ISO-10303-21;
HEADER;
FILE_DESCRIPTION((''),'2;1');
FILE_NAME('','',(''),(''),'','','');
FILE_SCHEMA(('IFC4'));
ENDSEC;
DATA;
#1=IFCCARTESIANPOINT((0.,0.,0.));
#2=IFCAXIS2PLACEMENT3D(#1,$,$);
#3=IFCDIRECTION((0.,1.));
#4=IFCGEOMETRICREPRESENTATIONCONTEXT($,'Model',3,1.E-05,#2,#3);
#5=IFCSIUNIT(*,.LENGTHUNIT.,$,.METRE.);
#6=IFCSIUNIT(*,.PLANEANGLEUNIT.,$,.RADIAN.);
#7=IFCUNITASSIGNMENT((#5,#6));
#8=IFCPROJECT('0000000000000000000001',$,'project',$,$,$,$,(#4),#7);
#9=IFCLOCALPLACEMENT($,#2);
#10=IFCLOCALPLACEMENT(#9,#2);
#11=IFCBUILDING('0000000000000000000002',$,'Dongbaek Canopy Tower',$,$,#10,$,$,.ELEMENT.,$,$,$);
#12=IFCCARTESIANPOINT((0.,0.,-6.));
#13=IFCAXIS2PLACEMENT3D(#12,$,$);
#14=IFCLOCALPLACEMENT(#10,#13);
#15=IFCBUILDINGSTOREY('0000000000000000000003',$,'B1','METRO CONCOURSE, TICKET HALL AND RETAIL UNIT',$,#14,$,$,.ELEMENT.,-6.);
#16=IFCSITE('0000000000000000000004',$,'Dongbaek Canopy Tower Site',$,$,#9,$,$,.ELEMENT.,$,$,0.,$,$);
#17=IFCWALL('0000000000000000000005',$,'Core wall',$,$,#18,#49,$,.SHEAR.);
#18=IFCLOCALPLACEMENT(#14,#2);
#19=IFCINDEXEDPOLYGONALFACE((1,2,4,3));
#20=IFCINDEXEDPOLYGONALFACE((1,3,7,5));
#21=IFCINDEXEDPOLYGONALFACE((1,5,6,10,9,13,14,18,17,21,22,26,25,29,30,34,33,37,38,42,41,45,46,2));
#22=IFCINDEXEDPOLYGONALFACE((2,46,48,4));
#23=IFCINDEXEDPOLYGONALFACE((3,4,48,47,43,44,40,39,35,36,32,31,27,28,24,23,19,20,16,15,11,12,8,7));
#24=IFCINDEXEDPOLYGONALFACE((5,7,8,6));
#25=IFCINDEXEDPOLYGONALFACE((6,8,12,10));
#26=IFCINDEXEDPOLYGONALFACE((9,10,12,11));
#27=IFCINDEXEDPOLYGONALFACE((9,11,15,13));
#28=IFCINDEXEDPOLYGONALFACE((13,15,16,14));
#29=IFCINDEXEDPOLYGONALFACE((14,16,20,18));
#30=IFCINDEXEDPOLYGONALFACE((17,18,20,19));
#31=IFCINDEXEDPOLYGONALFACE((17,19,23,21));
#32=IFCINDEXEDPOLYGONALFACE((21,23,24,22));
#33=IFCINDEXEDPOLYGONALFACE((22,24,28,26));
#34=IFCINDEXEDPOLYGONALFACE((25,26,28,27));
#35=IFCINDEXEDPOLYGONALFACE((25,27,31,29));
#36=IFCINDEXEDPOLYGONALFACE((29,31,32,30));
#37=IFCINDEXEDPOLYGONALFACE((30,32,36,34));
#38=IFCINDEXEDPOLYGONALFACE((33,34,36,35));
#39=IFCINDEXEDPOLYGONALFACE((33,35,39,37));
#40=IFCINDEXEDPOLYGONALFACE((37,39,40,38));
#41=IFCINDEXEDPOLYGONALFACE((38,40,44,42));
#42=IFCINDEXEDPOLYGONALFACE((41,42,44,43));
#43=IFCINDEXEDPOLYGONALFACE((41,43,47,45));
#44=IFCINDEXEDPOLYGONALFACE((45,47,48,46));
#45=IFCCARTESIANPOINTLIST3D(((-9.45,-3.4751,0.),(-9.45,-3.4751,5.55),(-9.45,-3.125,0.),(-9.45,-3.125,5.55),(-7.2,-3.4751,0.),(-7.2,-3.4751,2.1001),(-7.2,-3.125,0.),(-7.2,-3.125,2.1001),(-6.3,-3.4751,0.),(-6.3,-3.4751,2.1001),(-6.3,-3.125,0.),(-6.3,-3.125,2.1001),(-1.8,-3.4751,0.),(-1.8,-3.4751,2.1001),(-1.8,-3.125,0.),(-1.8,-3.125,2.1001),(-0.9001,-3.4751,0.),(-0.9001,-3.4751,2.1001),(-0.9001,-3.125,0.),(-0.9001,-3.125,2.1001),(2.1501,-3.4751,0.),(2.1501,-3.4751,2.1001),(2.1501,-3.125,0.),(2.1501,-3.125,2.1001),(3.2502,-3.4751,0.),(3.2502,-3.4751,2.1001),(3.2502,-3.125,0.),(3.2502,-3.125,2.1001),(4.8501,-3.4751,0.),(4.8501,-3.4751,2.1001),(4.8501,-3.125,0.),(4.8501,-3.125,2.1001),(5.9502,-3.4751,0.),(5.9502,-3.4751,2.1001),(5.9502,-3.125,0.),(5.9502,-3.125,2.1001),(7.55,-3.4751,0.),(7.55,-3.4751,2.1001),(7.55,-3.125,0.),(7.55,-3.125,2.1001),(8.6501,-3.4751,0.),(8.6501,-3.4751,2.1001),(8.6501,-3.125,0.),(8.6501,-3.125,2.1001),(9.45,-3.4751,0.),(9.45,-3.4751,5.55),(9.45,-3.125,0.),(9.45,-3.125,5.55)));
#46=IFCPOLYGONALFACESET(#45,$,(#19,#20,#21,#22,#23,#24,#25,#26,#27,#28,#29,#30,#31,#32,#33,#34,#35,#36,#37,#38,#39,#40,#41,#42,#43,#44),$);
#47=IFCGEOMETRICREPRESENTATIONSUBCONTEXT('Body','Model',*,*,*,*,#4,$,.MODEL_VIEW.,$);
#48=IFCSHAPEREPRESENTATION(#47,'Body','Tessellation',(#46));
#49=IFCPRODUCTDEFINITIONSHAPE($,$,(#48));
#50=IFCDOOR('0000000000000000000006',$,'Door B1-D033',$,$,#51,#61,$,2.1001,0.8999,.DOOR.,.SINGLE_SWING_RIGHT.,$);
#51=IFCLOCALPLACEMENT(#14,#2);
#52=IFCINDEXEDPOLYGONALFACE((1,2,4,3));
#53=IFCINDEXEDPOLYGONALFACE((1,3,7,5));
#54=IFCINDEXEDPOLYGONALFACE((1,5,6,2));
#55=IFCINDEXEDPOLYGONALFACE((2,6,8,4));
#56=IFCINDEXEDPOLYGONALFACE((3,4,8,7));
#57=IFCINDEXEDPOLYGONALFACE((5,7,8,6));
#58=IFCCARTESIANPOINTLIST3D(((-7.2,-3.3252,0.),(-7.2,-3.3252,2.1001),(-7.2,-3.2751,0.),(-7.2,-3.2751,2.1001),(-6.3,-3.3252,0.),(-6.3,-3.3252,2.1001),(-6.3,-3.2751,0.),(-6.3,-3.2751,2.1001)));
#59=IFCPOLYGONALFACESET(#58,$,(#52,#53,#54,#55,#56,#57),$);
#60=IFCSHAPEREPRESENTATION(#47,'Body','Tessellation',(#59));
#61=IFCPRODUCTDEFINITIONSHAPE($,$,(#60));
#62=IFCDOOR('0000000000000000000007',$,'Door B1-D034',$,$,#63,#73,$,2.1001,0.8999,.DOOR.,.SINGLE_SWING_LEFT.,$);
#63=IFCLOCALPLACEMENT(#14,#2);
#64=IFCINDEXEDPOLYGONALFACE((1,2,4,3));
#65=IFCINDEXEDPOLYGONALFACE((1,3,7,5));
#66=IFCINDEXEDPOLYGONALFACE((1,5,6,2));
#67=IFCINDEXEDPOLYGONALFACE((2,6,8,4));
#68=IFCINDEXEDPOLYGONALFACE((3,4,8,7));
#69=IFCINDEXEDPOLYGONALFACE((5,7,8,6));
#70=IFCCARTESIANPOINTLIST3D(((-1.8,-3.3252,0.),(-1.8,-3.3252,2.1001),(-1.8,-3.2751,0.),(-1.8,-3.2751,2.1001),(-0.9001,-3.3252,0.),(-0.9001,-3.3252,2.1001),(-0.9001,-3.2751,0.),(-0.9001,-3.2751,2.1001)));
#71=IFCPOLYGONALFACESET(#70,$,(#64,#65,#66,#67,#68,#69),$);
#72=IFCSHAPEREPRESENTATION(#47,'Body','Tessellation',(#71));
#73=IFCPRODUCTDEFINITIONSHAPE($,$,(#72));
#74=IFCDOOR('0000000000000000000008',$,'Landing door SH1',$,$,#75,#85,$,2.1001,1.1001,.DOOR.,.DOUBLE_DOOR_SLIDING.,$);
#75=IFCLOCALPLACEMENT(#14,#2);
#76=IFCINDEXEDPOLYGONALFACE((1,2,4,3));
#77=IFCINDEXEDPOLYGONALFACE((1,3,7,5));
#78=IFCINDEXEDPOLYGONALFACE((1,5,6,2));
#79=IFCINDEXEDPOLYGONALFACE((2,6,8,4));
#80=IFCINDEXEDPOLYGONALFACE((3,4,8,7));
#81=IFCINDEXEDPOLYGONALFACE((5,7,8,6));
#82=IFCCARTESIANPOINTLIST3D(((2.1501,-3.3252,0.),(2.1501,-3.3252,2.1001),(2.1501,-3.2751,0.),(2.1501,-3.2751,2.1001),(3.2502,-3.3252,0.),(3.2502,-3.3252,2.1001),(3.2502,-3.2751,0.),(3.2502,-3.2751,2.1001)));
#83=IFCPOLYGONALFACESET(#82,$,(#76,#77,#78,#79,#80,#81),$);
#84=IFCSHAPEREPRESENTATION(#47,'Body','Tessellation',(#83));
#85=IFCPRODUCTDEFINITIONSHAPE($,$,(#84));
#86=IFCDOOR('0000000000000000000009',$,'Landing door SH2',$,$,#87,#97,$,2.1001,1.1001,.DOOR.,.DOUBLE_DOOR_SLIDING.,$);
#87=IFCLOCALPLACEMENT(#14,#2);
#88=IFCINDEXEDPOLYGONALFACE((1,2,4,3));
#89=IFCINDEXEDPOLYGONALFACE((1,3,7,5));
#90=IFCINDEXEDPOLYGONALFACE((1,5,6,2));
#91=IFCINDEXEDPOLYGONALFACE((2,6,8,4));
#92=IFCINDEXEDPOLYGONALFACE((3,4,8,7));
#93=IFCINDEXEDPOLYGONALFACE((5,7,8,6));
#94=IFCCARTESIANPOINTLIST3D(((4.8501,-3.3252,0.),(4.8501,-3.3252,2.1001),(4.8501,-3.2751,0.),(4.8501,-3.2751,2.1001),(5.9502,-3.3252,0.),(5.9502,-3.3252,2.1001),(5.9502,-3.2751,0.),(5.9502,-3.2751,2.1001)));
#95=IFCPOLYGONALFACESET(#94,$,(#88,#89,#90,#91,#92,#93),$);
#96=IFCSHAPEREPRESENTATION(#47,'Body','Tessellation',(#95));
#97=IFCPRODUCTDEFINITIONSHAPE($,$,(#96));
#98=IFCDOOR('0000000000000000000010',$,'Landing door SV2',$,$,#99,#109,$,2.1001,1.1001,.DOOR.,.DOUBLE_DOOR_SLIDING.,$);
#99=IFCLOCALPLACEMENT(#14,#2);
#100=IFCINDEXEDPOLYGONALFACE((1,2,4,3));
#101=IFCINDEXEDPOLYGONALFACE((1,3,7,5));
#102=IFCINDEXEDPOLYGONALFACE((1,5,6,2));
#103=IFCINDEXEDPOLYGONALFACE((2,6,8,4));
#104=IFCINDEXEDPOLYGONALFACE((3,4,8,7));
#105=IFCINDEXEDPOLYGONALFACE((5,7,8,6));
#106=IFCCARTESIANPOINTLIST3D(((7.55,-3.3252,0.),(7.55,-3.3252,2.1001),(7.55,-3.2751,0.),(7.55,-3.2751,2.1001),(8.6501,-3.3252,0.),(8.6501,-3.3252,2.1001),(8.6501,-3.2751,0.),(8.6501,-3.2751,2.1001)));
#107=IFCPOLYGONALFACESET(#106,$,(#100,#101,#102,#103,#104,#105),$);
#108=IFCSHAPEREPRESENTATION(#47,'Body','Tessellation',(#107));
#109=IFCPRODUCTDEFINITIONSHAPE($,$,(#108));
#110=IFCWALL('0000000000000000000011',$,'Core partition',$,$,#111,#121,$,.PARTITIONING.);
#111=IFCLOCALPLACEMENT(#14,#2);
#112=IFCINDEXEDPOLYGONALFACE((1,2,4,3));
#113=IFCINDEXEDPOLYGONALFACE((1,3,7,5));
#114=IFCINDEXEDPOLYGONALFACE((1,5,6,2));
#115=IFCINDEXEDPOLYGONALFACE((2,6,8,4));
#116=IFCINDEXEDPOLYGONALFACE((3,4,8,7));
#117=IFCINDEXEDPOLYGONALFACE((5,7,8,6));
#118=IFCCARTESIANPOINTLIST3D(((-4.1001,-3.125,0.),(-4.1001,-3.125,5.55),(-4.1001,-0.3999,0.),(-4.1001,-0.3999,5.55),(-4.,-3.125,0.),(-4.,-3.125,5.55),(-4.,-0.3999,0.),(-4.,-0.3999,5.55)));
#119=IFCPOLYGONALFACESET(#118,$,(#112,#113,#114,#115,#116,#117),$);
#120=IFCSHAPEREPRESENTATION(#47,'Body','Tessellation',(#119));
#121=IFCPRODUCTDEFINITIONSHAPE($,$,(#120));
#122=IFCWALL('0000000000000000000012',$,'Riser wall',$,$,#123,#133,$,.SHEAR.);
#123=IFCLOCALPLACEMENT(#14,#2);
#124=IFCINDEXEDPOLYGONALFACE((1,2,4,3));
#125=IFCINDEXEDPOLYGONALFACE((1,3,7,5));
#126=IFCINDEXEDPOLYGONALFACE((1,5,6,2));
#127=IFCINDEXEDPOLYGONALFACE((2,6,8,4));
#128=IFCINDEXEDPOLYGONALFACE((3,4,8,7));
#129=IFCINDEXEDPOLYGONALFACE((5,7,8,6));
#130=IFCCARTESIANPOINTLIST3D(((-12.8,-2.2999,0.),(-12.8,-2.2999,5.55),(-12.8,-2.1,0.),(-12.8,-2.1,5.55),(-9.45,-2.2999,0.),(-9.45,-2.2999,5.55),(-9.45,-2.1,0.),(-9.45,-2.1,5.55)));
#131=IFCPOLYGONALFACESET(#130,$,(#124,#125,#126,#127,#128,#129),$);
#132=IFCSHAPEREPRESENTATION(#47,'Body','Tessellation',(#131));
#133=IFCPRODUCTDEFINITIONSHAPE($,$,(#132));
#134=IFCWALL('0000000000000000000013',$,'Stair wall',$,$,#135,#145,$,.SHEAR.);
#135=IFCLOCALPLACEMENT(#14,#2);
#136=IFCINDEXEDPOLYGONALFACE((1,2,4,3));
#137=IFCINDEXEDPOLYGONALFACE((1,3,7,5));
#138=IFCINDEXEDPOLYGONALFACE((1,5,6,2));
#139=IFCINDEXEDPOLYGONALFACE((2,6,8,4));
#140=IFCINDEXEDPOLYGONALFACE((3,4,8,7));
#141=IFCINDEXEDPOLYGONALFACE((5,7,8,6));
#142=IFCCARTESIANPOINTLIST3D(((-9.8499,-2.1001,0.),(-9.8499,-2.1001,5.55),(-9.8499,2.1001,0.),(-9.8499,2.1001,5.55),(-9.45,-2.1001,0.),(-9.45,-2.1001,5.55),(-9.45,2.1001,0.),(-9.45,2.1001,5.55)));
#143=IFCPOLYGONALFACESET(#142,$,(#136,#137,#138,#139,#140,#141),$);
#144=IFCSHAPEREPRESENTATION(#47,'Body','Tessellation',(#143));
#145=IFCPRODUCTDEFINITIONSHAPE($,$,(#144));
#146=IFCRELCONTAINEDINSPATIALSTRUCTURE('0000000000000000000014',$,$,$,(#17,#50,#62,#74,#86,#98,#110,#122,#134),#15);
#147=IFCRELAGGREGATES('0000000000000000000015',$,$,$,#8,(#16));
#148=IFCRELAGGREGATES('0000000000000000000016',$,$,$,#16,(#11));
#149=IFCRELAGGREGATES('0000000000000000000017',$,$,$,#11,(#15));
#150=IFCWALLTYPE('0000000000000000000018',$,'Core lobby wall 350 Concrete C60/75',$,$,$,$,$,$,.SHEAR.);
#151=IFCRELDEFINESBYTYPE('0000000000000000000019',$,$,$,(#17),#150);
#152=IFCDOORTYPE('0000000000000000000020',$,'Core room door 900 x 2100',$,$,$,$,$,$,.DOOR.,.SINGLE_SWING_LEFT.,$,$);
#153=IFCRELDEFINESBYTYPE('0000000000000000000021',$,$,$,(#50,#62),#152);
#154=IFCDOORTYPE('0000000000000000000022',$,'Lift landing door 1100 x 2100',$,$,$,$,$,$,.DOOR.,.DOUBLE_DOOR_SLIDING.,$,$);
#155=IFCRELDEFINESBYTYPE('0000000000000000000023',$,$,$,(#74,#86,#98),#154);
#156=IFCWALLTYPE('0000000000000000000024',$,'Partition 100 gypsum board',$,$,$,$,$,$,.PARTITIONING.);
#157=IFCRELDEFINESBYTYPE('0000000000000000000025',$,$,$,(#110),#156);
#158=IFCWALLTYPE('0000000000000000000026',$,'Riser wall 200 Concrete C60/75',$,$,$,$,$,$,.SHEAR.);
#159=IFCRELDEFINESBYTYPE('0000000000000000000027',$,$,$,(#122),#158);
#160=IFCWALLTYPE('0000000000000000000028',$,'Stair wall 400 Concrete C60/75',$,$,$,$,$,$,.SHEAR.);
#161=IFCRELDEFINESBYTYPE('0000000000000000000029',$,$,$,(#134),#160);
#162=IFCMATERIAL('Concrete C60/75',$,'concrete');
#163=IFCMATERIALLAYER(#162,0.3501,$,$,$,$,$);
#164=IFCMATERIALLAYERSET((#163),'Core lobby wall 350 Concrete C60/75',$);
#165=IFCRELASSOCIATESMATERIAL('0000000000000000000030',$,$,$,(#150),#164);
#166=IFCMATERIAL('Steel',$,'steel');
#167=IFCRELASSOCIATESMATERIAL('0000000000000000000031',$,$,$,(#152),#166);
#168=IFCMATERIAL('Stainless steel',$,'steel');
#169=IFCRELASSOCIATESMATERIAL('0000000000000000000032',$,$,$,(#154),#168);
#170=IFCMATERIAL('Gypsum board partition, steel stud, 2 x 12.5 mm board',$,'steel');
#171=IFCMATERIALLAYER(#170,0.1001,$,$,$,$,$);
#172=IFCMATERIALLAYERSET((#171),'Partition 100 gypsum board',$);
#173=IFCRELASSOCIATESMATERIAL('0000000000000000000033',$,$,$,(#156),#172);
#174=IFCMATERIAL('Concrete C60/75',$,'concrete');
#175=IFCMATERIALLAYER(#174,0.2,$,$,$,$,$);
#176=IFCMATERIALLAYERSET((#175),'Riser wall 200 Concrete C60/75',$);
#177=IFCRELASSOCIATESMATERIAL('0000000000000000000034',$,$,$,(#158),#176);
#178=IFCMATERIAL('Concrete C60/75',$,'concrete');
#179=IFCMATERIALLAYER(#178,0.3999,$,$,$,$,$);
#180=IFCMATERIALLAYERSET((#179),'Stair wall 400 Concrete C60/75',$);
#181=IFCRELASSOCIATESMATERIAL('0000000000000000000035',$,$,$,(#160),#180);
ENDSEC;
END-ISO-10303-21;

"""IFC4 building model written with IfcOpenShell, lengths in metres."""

from ifc_helpers import new_model, si_unit, direction, frame, frame_2d, origin, place, context, subcontext, project, spatial, rectangle, extrude, material, layer, layer_set, type_object, element, fill, save


model = new_model("IFC4")

# Units and contexts
model_context = context("Model", 3, precision=1e-05, world=origin(), true_north=direction((0.0, 1.0)))
body_context = subcontext(model_context, "Body", "Model", "MODEL_VIEW")
ifc_project = project(units=[si_unit("LENGTHUNIT", "METRE"), si_unit("PLANEANGLEUNIT", "RADIAN")], contexts=[model_context])

# Site, building, storey
site_placement = place(None, origin())
site = spatial("IfcSite", under=ifc_project, at=site_placement, Name="Dongbaek Canopy Tower Site", CompositionType="ELEMENT", RefElevation=0.0)
building_placement = place(site_placement, origin())
building = spatial("IfcBuilding", under=site, at=building_placement, Name="Dongbaek Canopy Tower", CompositionType="ELEMENT")
storey_placement = place(building_placement, frame((0.0, 0.0, -6.0)))
storey = spatial("IfcBuildingStorey", under=building, at=storey_placement, Name="B1", Description="METRO CONCOURSE, TICKET HALL AND RETAIL UNIT", CompositionType="ELEMENT", Elevation=-6.0)

# Wall, openings, doors
ifc_material_1 = material(Name="Concrete C60/75", Category="concrete")
ifc_layer_1 = layer(ifc_material_1, 0.3501)
ifc_layer_set_1 = layer_set([ifc_layer_1], Name="Core lobby wall 350 Concrete C60/75")
wall_type_1 = type_object("IfcWallType", Name="Core lobby wall 350 Concrete C60/75", PredefinedType="SHEAR", material=ifc_layer_set_1)
wall_1_placement = place(storey_placement, frame((-9.45, -3.3, 0.0), z_axis=(0.0, 0.0, 1.0), x_axis=(1.0, 0.0, 0.0)))
wall_1 = element("IfcWall", 1, at=wall_1_placement, inside=storey, type_object=wall_type_1, Name="Core wall", PredefinedType="SHEAR", context=body_context, shape_type="SweptSolid", body=[
    extrude(rectangle(XDim=18.8999, YDim=0.3501, at=frame_2d((9.45, 0.0))), origin(), (0.0, 0.0, 1.0), 5.55),
])
opening_1_placement = place(wall_1_placement, frame((11.6001, 0.0, 0.0)))
opening_1 = element("IfcOpeningElement", 2, at=opening_1_placement, cuts=wall_1, PredefinedType="OPENING", context=body_context, shape_type="SweptSolid", body=[
    extrude(rectangle(XDim=1.1001, YDim=2.1001, at=frame_2d((0.55, 1.05))), frame((0.0, 0.1851, 0.0), z_axis=(0.0, -1.0, 0.0), x_axis=(1.0, 0.0, 0.0)), (0.0, 0.0, 1.0), 0.3701),
])
opening_2_placement = place(wall_1_placement, frame((14.3, 0.0, 0.0)))
opening_2 = element("IfcOpeningElement", 3, at=opening_2_placement, cuts=wall_1, PredefinedType="OPENING", context=body_context, shape_type="SweptSolid", body=[
    extrude(rectangle(XDim=1.1001, YDim=2.1001, at=frame_2d((0.55, 1.05))), frame((0.0, 0.1851, 0.0), z_axis=(0.0, -1.0, 0.0), x_axis=(1.0, 0.0, 0.0)), (0.0, 0.0, 1.0), 0.3701),
])
opening_3_placement = place(wall_1_placement, frame((17.0, 0.0, 0.0)))
opening_3 = element("IfcOpeningElement", 4, at=opening_3_placement, cuts=wall_1, PredefinedType="OPENING", context=body_context, shape_type="SweptSolid", body=[
    extrude(rectangle(XDim=1.1001, YDim=2.1001, at=frame_2d((0.55, 1.05))), frame((0.0, 0.1851, 0.0), z_axis=(0.0, -1.0, 0.0), x_axis=(1.0, 0.0, 0.0)), (0.0, 0.0, 1.0), 0.3701),
])
opening_4_placement = place(wall_1_placement, frame((2.25, 0.0, 0.0)))
opening_4 = element("IfcOpeningElement", 5, at=opening_4_placement, cuts=wall_1, PredefinedType="OPENING", context=body_context, shape_type="SweptSolid", body=[
    extrude(rectangle(XDim=0.8999, YDim=2.1001, at=frame_2d((0.45, 1.05))), frame((0.0, 0.1851, 0.0), z_axis=(0.0, -1.0, 0.0), x_axis=(1.0, 0.0, 0.0)), (0.0, 0.0, 1.0), 0.3701),
])
opening_5_placement = place(wall_1_placement, frame((7.6499, 0.0, 0.0)))
opening_5 = element("IfcOpeningElement", 6, at=opening_5_placement, cuts=wall_1, PredefinedType="OPENING", context=body_context, shape_type="SweptSolid", body=[
    extrude(rectangle(XDim=0.8999, YDim=2.1001, at=frame_2d((0.45, 1.05))), frame((0.0, 0.1851, 0.0), z_axis=(0.0, -1.0, 0.0), x_axis=(1.0, 0.0, 0.0)), (0.0, 0.0, 1.0), 0.3701),
])
ifc_material_2 = material(Name="Steel", Category="steel")
door_type_1 = type_object("IfcDoorType", Name="Core room door 900 x 2100", OperationType="SINGLE_SWING_LEFT", PredefinedType="DOOR", material=ifc_material_2)
door_1_placement = place(opening_4_placement, origin())
door_1 = element("IfcDoor", 7, at=door_1_placement, inside=storey, type_object=door_type_1, Name="Door B1-D033", OperationType="SINGLE_SWING_RIGHT", OverallHeight=2.1001, OverallWidth=0.8999, PredefinedType="DOOR", context=body_context, shape_type="SweptSolid", body=[
    extrude(rectangle(XDim=0.8999, YDim=2.1001, at=frame_2d((0.45, 1.05))), frame((0.0, 0.0249, 0.0), z_axis=(0.0, -1.0, 0.0), x_axis=(1.0, 0.0, 0.0)), (0.0, 0.0, 1.0), 0.05),
])
fill(opening_4, door_1)
door_2_placement = place(opening_5_placement, origin())
door_2 = element("IfcDoor", 8, at=door_2_placement, inside=storey, type_object=door_type_1, Name="Door B1-D034", OperationType="SINGLE_SWING_LEFT", OverallHeight=2.1001, OverallWidth=0.8999, PredefinedType="DOOR", context=body_context, shape_type="SweptSolid", body=[
    extrude(rectangle(XDim=0.8999, YDim=2.1001, at=frame_2d((0.45, 1.05))), frame((0.0, 0.0249, 0.0), z_axis=(0.0, -1.0, 0.0), x_axis=(1.0, 0.0, 0.0)), (0.0, 0.0, 1.0), 0.05),
])
fill(opening_5, door_2)
ifc_material_3 = material(Name="Stainless steel", Category="steel")
door_type_2 = type_object("IfcDoorType", Name="Lift landing door 1100 x 2100", OperationType="DOUBLE_DOOR_SLIDING", PredefinedType="DOOR", material=ifc_material_3)
door_3_placement = place(opening_1_placement, origin())
door_3 = element("IfcDoor", 9, at=door_3_placement, inside=storey, type_object=door_type_2, Name="Landing door SH1", OperationType="DOUBLE_DOOR_SLIDING", OverallHeight=2.1001, OverallWidth=1.1001, PredefinedType="DOOR", context=body_context, shape_type="SweptSolid", body=[
    extrude(rectangle(XDim=1.1001, YDim=2.1001, at=frame_2d((0.55, 1.05))), frame((0.0, 0.0249, 0.0), z_axis=(0.0, -1.0, 0.0), x_axis=(1.0, 0.0, 0.0)), (0.0, 0.0, 1.0), 0.05),
])
fill(opening_1, door_3)
door_4_placement = place(opening_2_placement, origin())
door_4 = element("IfcDoor", 10, at=door_4_placement, inside=storey, type_object=door_type_2, Name="Landing door SH2", OperationType="DOUBLE_DOOR_SLIDING", OverallHeight=2.1001, OverallWidth=1.1001, PredefinedType="DOOR", context=body_context, shape_type="SweptSolid", body=[
    extrude(rectangle(XDim=1.1001, YDim=2.1001, at=frame_2d((0.55, 1.05))), frame((0.0, 0.0249, 0.0), z_axis=(0.0, -1.0, 0.0), x_axis=(1.0, 0.0, 0.0)), (0.0, 0.0, 1.0), 0.05),
])
fill(opening_2, door_4)
door_5_placement = place(opening_3_placement, origin())
door_5 = element("IfcDoor", 11, at=door_5_placement, inside=storey, type_object=door_type_2, Name="Landing door SV2", OperationType="DOUBLE_DOOR_SLIDING", OverallHeight=2.1001, OverallWidth=1.1001, PredefinedType="DOOR", context=body_context, shape_type="SweptSolid", body=[
    extrude(rectangle(XDim=1.1001, YDim=2.1001, at=frame_2d((0.55, 1.05))), frame((0.0, 0.0249, 0.0), z_axis=(0.0, -1.0, 0.0), x_axis=(1.0, 0.0, 0.0)), (0.0, 0.0, 1.0), 0.05),
])
fill(opening_3, door_5)

# Walls
ifc_material_4 = material(Name="Gypsum board partition, steel stud, 2 x 12.5 mm board", Category="steel")
ifc_layer_2 = layer(ifc_material_4, 0.1001)
ifc_layer_set_2 = layer_set([ifc_layer_2], Name="Partition 100 gypsum board")
wall_type_2 = type_object("IfcWallType", Name="Partition 100 gypsum board", PredefinedType="PARTITIONING", material=ifc_layer_set_2)
wall_2_placement = place(storey_placement, frame((-4.05, -3.125, 0.0), z_axis=(0.0, 0.0, 1.0), x_axis=(0.0, 1.0, 0.0)))
element("IfcWall", 12, at=wall_2_placement, inside=storey, type_object=wall_type_2, Name="Core partition", PredefinedType="PARTITIONING", context=body_context, shape_type="SweptSolid", body=[
    extrude(rectangle(XDim=2.7251, YDim=0.1001, at=frame_2d((1.3625, 0.0))), origin(), (0.0, 0.0, 1.0), 5.55),
])
ifc_material_5 = material(Name="Concrete C60/75", Category="concrete")
ifc_layer_3 = layer(ifc_material_5, 0.2)
ifc_layer_set_3 = layer_set([ifc_layer_3], Name="Riser wall 200 Concrete C60/75")
wall_type_3 = type_object("IfcWallType", Name="Riser wall 200 Concrete C60/75", PredefinedType="SHEAR", material=ifc_layer_set_3)
wall_3_placement = place(storey_placement, frame((-9.45, -2.2, 0.0), z_axis=(0.0, 0.0, 1.0), x_axis=(-1.0, 0.0, 0.0)))
element("IfcWall", 13, at=wall_3_placement, inside=storey, type_object=wall_type_3, Name="Riser wall", PredefinedType="SHEAR", context=body_context, shape_type="SweptSolid", body=[
    extrude(rectangle(XDim=3.3501, YDim=0.2, at=frame_2d((1.675, 0.0))), origin(), (0.0, 0.0, 1.0), 5.55),
])
ifc_material_6 = material(Name="Concrete C60/75", Category="concrete")
ifc_layer_4 = layer(ifc_material_6, 0.3999)
ifc_layer_set_4 = layer_set([ifc_layer_4], Name="Stair wall 400 Concrete C60/75")
wall_type_4 = type_object("IfcWallType", Name="Stair wall 400 Concrete C60/75", PredefinedType="SHEAR", material=ifc_layer_set_4)
wall_4_placement = place(storey_placement, frame((-9.6499, -2.1001, 0.0), z_axis=(0.0, 0.0, 1.0), x_axis=(0.0, 1.0, 0.0)))
element("IfcWall", 14, at=wall_4_placement, inside=storey, type_object=wall_type_4, Name="Stair wall", PredefinedType="SHEAR", context=body_context, shape_type="SweptSolid", body=[
    extrude(rectangle(XDim=4.2002, YDim=0.3999, at=frame_2d((2.1001, 0.0))), origin(), (0.0, 0.0, 1.0), 5.55),
])

save(model, "model.ifc")
